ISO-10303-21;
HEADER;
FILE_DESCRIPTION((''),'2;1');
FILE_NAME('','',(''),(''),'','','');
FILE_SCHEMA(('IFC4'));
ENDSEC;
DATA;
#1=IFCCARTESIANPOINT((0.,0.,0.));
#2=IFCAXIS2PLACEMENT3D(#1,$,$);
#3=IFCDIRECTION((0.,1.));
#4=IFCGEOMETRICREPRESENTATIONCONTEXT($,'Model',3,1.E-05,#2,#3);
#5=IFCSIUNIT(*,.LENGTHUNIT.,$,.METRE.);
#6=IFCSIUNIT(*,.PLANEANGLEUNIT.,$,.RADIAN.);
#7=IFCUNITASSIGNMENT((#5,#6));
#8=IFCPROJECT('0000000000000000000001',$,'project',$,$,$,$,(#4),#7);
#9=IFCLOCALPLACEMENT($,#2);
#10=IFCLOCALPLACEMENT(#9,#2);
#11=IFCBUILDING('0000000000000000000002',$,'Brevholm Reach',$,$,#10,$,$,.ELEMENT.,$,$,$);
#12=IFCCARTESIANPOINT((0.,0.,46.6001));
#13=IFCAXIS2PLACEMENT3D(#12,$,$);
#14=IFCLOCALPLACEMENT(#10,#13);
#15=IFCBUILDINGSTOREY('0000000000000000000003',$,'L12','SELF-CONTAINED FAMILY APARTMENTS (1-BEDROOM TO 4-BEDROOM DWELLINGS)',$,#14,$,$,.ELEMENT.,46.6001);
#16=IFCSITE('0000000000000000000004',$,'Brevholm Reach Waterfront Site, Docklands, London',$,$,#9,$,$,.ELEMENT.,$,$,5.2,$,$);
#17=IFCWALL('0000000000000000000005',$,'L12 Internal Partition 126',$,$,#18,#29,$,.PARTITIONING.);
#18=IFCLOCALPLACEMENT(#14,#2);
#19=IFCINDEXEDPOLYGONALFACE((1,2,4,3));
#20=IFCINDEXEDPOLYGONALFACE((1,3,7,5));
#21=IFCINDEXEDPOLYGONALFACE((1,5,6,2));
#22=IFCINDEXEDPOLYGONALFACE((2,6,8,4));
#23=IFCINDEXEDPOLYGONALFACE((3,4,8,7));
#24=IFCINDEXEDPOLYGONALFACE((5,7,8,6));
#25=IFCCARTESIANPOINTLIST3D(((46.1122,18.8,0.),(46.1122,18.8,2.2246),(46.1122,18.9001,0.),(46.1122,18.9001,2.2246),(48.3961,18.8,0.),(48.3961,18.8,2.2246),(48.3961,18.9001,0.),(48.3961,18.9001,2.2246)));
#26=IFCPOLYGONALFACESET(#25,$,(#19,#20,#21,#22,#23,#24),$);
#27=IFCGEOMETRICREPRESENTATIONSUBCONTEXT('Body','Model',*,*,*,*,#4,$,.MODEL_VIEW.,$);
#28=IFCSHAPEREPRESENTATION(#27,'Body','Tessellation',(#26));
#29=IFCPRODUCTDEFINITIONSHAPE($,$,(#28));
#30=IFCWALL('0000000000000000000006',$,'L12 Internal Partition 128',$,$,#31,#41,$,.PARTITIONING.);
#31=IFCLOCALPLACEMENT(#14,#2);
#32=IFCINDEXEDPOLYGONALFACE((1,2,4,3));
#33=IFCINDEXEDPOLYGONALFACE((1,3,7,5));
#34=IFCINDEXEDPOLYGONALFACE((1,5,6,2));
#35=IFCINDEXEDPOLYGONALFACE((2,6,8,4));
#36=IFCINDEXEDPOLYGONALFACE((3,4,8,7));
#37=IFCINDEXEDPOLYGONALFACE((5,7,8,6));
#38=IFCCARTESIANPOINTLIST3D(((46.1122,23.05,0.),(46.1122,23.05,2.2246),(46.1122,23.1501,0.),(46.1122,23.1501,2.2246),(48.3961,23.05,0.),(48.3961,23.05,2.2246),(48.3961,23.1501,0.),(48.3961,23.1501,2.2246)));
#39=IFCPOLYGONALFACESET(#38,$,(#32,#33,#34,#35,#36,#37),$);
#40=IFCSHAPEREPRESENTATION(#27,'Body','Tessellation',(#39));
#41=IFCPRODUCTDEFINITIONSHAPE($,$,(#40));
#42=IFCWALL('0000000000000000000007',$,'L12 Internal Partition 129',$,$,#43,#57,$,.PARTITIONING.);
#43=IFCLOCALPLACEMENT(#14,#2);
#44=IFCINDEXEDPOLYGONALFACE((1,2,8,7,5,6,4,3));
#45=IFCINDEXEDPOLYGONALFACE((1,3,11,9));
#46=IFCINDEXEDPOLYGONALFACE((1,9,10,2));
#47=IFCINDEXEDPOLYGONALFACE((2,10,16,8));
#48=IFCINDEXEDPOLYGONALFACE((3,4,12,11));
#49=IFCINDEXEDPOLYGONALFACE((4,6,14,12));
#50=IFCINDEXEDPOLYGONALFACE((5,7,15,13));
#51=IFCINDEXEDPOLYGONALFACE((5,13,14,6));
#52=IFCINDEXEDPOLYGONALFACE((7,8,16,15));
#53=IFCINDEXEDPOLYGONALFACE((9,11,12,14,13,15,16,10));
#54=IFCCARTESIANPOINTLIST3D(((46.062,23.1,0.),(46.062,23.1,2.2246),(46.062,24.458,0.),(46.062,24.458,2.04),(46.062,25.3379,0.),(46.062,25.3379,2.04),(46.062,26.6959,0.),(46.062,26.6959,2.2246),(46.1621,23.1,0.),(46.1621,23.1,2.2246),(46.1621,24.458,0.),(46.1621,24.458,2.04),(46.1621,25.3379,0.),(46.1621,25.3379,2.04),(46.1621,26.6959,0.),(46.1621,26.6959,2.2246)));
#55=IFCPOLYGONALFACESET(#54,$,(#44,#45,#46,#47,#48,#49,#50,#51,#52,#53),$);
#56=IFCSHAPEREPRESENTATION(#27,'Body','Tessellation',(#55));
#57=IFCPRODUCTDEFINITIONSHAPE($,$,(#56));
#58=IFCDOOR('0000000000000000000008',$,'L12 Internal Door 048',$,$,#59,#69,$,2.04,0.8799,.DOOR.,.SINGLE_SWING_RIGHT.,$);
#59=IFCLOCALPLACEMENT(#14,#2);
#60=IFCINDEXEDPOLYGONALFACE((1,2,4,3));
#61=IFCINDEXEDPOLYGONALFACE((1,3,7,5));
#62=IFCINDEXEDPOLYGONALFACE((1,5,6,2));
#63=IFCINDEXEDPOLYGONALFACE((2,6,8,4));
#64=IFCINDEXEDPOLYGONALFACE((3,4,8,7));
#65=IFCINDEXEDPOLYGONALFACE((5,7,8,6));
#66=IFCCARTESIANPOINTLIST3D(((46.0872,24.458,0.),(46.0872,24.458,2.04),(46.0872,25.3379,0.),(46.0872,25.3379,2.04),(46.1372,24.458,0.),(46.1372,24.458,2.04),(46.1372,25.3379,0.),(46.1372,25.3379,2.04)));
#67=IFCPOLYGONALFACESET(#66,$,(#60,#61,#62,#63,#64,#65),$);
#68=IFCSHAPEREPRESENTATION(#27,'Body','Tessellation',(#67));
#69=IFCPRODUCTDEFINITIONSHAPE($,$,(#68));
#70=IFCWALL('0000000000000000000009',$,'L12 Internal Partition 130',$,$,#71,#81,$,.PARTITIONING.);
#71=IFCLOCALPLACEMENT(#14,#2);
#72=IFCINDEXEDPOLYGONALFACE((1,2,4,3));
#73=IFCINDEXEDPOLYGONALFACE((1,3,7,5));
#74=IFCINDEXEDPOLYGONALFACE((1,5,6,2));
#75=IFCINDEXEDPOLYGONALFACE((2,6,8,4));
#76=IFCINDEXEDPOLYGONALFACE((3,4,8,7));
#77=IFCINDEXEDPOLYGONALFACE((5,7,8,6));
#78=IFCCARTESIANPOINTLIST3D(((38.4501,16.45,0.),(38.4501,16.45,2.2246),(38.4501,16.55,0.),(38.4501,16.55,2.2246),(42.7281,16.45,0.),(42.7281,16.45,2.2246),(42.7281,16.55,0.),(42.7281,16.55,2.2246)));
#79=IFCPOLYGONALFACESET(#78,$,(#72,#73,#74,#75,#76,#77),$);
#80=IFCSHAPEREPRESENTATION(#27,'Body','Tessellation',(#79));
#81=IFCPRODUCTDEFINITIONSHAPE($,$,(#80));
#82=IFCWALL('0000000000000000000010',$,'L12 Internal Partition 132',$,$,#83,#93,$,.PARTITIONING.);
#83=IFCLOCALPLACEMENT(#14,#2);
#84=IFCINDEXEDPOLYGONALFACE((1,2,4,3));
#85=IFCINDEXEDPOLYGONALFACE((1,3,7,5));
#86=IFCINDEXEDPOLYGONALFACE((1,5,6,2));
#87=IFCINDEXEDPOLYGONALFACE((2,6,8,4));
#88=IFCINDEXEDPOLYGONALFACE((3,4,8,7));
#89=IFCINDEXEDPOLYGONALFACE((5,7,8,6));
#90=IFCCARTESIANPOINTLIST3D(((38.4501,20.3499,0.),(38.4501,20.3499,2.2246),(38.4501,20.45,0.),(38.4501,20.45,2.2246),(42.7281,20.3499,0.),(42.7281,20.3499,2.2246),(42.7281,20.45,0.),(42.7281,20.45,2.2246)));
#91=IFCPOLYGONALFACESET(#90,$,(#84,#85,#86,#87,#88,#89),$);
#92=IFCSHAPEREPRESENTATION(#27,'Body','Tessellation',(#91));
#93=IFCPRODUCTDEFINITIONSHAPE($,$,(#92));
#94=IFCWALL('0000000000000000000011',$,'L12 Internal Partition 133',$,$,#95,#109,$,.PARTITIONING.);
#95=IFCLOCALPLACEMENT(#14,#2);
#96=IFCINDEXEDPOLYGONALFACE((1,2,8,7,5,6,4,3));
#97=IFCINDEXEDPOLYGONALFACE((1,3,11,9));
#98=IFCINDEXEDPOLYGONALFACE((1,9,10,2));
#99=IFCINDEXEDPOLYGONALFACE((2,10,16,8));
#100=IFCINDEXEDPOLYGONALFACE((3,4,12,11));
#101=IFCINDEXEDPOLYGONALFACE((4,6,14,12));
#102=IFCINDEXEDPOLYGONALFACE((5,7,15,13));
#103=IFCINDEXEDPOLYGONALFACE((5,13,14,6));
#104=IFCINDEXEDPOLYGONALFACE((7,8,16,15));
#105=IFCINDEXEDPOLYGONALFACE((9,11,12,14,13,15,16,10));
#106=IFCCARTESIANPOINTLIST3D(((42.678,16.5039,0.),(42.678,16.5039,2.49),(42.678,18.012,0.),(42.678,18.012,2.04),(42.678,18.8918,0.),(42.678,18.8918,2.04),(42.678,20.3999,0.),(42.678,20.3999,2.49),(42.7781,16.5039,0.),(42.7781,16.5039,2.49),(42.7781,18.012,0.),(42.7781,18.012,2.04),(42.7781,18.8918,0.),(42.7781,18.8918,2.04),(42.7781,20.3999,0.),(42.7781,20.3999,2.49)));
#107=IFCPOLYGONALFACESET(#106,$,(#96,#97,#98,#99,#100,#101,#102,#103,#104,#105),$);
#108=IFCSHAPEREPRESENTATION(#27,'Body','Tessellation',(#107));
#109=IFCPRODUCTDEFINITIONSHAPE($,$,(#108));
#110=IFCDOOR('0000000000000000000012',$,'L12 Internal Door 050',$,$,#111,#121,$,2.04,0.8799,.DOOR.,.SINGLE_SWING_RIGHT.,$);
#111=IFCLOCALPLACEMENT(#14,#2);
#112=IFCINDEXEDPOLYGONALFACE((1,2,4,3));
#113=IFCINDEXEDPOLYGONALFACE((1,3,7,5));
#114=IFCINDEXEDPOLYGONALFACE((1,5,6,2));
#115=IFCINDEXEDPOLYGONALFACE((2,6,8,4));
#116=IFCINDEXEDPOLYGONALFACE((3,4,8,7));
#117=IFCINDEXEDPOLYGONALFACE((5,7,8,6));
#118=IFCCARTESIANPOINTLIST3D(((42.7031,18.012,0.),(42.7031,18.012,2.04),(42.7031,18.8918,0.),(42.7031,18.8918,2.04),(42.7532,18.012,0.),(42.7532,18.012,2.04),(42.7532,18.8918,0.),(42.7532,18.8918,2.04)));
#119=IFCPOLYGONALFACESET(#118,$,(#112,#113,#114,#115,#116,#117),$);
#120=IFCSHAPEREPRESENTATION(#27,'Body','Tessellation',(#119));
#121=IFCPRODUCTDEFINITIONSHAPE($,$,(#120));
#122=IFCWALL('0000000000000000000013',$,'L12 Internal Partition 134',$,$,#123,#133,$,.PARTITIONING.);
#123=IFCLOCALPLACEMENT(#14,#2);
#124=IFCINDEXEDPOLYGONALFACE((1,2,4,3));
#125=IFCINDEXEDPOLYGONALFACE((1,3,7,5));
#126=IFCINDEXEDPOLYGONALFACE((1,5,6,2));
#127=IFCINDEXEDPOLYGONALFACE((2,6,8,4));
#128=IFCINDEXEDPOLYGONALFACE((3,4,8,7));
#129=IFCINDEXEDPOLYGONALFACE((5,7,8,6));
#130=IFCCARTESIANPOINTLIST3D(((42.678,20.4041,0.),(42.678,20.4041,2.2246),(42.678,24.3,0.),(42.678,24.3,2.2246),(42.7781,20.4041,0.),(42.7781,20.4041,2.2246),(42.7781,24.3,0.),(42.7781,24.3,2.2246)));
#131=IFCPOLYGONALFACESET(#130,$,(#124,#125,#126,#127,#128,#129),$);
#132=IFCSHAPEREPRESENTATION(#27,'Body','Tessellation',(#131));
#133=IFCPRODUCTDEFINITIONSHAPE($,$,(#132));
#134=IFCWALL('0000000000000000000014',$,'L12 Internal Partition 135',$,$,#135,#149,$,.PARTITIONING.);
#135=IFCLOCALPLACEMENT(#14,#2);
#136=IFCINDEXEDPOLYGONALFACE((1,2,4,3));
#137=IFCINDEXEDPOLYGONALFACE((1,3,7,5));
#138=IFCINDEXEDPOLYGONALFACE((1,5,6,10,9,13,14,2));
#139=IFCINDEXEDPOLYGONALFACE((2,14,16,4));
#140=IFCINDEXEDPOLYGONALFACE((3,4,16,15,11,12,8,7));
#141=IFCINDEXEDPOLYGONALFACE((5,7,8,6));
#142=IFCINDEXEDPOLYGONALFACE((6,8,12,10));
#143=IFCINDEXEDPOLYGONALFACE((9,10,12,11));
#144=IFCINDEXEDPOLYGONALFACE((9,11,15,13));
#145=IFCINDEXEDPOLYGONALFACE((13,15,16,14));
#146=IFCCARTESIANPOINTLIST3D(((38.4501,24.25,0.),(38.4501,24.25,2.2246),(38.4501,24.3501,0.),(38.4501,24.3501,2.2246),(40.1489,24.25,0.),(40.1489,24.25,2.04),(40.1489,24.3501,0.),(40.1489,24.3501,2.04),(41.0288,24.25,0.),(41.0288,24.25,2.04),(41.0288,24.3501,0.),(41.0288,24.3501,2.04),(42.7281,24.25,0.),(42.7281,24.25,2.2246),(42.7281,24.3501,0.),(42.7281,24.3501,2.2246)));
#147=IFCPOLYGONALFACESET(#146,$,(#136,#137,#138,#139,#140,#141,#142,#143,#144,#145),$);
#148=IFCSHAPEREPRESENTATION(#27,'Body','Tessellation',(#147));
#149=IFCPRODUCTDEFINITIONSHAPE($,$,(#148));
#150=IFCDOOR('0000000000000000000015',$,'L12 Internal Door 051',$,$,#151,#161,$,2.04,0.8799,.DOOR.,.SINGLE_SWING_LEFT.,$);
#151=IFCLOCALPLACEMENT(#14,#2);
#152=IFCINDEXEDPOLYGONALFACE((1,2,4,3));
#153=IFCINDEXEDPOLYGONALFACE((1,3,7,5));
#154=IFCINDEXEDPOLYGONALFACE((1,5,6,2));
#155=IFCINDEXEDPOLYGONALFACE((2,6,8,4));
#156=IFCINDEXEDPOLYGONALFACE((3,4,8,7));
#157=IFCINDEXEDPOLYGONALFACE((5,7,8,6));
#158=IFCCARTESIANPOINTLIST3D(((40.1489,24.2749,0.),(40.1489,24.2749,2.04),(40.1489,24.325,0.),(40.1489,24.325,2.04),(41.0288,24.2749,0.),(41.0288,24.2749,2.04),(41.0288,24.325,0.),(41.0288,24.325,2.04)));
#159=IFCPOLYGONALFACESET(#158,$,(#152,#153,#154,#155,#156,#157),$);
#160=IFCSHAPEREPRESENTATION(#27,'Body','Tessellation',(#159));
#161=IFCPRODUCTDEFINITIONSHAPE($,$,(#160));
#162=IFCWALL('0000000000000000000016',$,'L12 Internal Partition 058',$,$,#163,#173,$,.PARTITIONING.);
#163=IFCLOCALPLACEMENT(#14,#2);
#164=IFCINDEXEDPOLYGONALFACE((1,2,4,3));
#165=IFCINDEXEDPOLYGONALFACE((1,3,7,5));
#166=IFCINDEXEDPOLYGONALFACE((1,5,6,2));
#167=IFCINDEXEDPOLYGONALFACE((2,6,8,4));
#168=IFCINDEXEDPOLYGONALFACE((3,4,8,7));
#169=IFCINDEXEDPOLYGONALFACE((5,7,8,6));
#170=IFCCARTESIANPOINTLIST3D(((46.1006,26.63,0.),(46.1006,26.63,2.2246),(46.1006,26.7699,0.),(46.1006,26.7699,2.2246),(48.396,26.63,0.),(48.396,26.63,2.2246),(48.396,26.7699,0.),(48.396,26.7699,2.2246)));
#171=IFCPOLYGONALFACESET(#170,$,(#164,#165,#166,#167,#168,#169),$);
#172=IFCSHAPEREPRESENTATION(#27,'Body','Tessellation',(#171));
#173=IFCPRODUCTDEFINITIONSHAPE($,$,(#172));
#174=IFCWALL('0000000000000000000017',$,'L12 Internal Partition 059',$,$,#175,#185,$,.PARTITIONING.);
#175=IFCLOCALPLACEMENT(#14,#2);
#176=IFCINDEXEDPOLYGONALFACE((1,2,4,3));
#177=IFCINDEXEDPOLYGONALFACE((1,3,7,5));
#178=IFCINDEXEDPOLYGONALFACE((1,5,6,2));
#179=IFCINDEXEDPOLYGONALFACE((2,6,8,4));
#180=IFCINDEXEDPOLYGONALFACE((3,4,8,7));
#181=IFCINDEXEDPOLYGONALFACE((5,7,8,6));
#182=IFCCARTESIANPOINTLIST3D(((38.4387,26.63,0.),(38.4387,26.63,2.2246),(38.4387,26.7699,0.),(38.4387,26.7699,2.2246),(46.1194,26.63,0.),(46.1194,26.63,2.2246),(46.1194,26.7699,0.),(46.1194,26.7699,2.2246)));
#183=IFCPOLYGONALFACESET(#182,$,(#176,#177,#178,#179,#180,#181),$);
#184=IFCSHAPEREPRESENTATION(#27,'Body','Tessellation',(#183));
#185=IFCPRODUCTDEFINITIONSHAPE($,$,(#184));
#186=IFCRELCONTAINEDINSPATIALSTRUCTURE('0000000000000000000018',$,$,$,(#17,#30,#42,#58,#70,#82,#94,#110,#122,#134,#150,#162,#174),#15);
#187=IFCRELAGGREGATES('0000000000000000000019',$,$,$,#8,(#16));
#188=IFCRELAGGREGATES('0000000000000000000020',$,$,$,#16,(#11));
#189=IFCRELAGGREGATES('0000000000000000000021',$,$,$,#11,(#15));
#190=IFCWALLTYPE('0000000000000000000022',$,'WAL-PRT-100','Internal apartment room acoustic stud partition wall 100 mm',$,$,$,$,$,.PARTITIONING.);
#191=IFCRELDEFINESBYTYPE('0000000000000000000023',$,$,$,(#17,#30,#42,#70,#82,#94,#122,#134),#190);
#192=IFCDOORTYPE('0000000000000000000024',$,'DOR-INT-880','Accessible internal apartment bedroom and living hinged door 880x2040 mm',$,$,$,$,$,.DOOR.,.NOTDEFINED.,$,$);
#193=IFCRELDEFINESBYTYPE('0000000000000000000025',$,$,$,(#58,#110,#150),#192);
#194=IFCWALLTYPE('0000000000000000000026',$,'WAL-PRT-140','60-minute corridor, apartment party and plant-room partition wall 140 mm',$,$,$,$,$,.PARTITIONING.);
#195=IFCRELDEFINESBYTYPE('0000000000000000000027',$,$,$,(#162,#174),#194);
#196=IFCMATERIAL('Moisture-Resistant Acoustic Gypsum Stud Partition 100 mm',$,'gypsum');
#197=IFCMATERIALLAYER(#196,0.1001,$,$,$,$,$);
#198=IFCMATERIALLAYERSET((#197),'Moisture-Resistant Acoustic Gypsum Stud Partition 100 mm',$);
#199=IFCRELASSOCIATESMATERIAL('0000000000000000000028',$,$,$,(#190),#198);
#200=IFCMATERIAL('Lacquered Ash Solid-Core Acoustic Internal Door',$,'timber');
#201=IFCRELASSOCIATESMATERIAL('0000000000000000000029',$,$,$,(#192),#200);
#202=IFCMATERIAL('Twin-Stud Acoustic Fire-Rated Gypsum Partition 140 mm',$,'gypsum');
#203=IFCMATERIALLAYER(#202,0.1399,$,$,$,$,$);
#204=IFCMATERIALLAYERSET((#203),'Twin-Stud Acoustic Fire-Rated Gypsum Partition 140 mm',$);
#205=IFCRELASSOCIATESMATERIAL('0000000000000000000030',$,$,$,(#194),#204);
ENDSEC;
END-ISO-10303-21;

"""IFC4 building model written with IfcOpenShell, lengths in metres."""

from ifc_helpers import new_model, si_unit, direction, frame, frame_2d, origin, place, context, subcontext, project, spatial, rectangle, extrude, material, layer, layer_set, type_object, element, fill, save


model = new_model("IFC4")

# Units and contexts
model_context = context("Model", 3, precision=1e-05, world=origin(), true_north=direction((0.0, 1.0)))
body_context = subcontext(model_context, "Body", "Model", "MODEL_VIEW")
ifc_project = project(units=[si_unit("LENGTHUNIT", "METRE"), si_unit("PLANEANGLEUNIT", "RADIAN")], contexts=[model_context])

# Site, building, storey
site_placement = place(None, origin())
site = spatial("IfcSite", under=ifc_project, at=site_placement, Name="Brevholm Reach Waterfront Site, Docklands, London", CompositionType="ELEMENT", RefElevation=5.2)
building_placement = place(site_placement, origin())
building = spatial("IfcBuilding", under=site, at=building_placement, Name="Brevholm Reach", CompositionType="ELEMENT")
storey_placement = place(building_placement, frame((0.0, 0.0, 46.6001)))
storey = spatial("IfcBuildingStorey", under=building, at=storey_placement, Name="L12", Description="SELF-CONTAINED FAMILY APARTMENTS (1-BEDROOM TO 4-BEDROOM DWELLINGS)", CompositionType="ELEMENT", Elevation=46.6001)

# Walls
ifc_material_1 = material(Name="Moisture-Resistant Acoustic Gypsum Stud Partition 100 mm", Category="gypsum")
ifc_layer_1 = layer(ifc_material_1, 0.1001)
ifc_layer_set_1 = layer_set([ifc_layer_1], Name="Moisture-Resistant Acoustic Gypsum Stud Partition 100 mm")
wall_type_1 = type_object("IfcWallType", Name="WAL-PRT-100", Description="Internal apartment room acoustic stud partition wall 100 mm", PredefinedType="PARTITIONING", material=ifc_layer_set_1)
for number, where, z_axis, x_axis, name in (
    (1, (46.1121, 18.8501, 0.0), (0.0, 0.0, 1.0), (1.0, 0.0, 0.0), "L12 Internal Partition 126"),
    (2, (46.1121, 23.1001, 0.0), (0.0, 0.0, 1.0), (1.0, 0.0, 0.0), "L12 Internal Partition 128"),
):
    element("IfcWall", number, at=place(storey_placement, frame(where, z_axis=z_axis, x_axis=x_axis)), inside=storey, type_object=wall_type_1, Name=name, PredefinedType="PARTITIONING", context=body_context, shape_type="SweptSolid", body=[
        extrude(rectangle(XDim=2.2839, YDim=0.1001, at=frame_2d((1.1421, 0.0))), origin(), (0.0, 0.0, 1.0), 2.2246),
    ])

# Wall, opening, door
wall_1_placement = place(storey_placement, frame((46.1121, 23.1001, 0.0), z_axis=(0.0, 0.0, 1.0), x_axis=(0.0, 1.0, 0.0)))
wall_1 = element("IfcWall", 3, at=wall_1_placement, inside=storey, type_object=wall_type_1, Name="L12 Internal Partition 129", PredefinedType="PARTITIONING", context=body_context, shape_type="SweptSolid", body=[
    extrude(rectangle(XDim=3.5959, YDim=0.1001, at=frame_2d((1.7979, 0.0))), origin(), (0.0, 0.0, 1.0), 2.2246),
])
opening_1_placement = place(wall_1_placement, frame((1.3579, 0.0, 0.0)))
opening_1 = element("IfcOpeningElement", 4, at=opening_1_placement, cuts=wall_1, PredefinedType="OPENING", context=body_context, shape_type="SweptSolid", body=[
    extrude(rectangle(XDim=0.8799, YDim=2.04, at=frame_2d((0.4399, 1.02))), frame((0.0, 0.0601, 0.0), z_axis=(0.0, -1.0, 0.0), x_axis=(1.0, 0.0, 0.0)), (0.0, 0.0, 1.0), 0.1201),
])
ifc_material_2 = material(Name="Lacquered Ash Solid-Core Acoustic Internal Door", Category="timber")
door_type = type_object("IfcDoorType", Name="DOR-INT-880", Description="Accessible internal apartment bedroom and living hinged door 880x2040 mm", OperationType="NOTDEFINED", PredefinedType="DOOR", material=ifc_material_2)
door_1_placement = place(opening_1_placement, origin())
door_1 = element("IfcDoor", 5, at=door_1_placement, inside=storey, type_object=door_type, Name="L12 Internal Door 048", OperationType="SINGLE_SWING_RIGHT", OverallHeight=2.04, OverallWidth=0.8799, PredefinedType="DOOR", context=body_context, shape_type="SweptSolid", body=[
    extrude(rectangle(XDim=0.8799, YDim=2.04, at=frame_2d((0.4399, 1.02))), frame((0.0, 0.0249, 0.0), z_axis=(0.0, -1.0, 0.0), x_axis=(1.0, 0.0, 0.0)), (0.0, 0.0, 1.0), 0.05),
])
fill(opening_1, door_1)

# Walls
for number, where, z_axis, x_axis, name in (
    (6, (38.45, 16.5, 0.0), (0.0, 0.0, 1.0), (1.0, 0.0, 0.0), "L12 Internal Partition 130"),
    (7, (38.45, 20.3999, 0.0), (0.0, 0.0, 1.0), (1.0, 0.0, 0.0), "L12 Internal Partition 132"),
):
    element("IfcWall", number, at=place(storey_placement, frame(where, z_axis=z_axis, x_axis=x_axis)), inside=storey, type_object=wall_type_1, Name=name, PredefinedType="PARTITIONING", context=body_context, shape_type="SweptSolid", body=[
        extrude(rectangle(XDim=4.2781, YDim=0.1001, at=frame_2d((2.1392, 0.0))), origin(), (0.0, 0.0, 1.0), 2.2246),
    ])

# Wall, opening, door
wall_2_placement = place(storey_placement, frame((42.728, 16.5039, 0.0), z_axis=(0.0, 0.0, 1.0), x_axis=(0.0, 1.0, 0.0)))
wall_2 = element("IfcWall", 8, at=wall_2_placement, inside=storey, type_object=wall_type_1, Name="L12 Internal Partition 133", PredefinedType="PARTITIONING", context=body_context, shape_type="SweptSolid", body=[
    extrude(rectangle(XDim=3.896, YDim=0.1001, at=frame_2d((1.948, 0.0))), origin(), (0.0, 0.0, 1.0), 2.49),
])
opening_2_placement = place(wall_2_placement, frame((1.5081, 0.0, 0.0)))
opening_2 = element("IfcOpeningElement", 9, at=opening_2_placement, cuts=wall_2, PredefinedType="OPENING", context=body_context, shape_type="SweptSolid", body=[
    extrude(rectangle(XDim=0.8799, YDim=2.04, at=frame_2d((0.4399, 1.02))), frame((0.0, 0.0601, 0.0), z_axis=(0.0, -1.0, 0.0), x_axis=(1.0, 0.0, 0.0)), (0.0, 0.0, 1.0), 0.1201),
])
door_2_placement = place(opening_2_placement, origin())
door_2 = element("IfcDoor", 10, at=door_2_placement, inside=storey, type_object=door_type, Name="L12 Internal Door 050", OperationType="SINGLE_SWING_RIGHT", OverallHeight=2.04, OverallWidth=0.8799, PredefinedType="DOOR", context=body_context, shape_type="SweptSolid", body=[
    extrude(rectangle(XDim=0.8799, YDim=2.04, at=frame_2d((0.4399, 1.02))), frame((0.0, 0.0249, 0.0), z_axis=(0.0, -1.0, 0.0), x_axis=(1.0, 0.0, 0.0)), (0.0, 0.0, 1.0), 0.05),
])
fill(opening_2, door_2)

# Wall
wall_3_placement = place(storey_placement, frame((42.728, 20.4041, 0.0), z_axis=(0.0, 0.0, 1.0), x_axis=(0.0, 1.0, 0.0)))
element("IfcWall", 11, at=wall_3_placement, inside=storey, type_object=wall_type_1, Name="L12 Internal Partition 134", PredefinedType="PARTITIONING", context=body_context, shape_type="SweptSolid", body=[
    extrude(rectangle(XDim=3.896, YDim=0.1001, at=frame_2d((1.948, 0.0))), origin(), (0.0, 0.0, 1.0), 2.2246),
])

# Wall, opening, door
wall_4_placement = place(storey_placement, frame((38.45, 24.3, 0.0), z_axis=(0.0, 0.0, 1.0), x_axis=(1.0, 0.0, 0.0)))
wall_4 = element("IfcWall", 12, at=wall_4_placement, inside=storey, type_object=wall_type_1, Name="L12 Internal Partition 135", PredefinedType="PARTITIONING", context=body_context, shape_type="SweptSolid", body=[
    extrude(rectangle(XDim=4.2781, YDim=0.1001, at=frame_2d((2.1392, 0.0))), origin(), (0.0, 0.0, 1.0), 2.2246),
])
opening_3_placement = place(wall_4_placement, frame((1.699, 0.0, 0.0)))
opening_3 = element("IfcOpeningElement", 13, at=opening_3_placement, cuts=wall_4, PredefinedType="OPENING", context=body_context, shape_type="SweptSolid", body=[
    extrude(rectangle(XDim=0.8799, YDim=2.04, at=frame_2d((0.4399, 1.02))), frame((0.0, 0.0601, 0.0), z_axis=(0.0, -1.0, 0.0), x_axis=(1.0, 0.0, 0.0)), (0.0, 0.0, 1.0), 0.1201),
])
door_3_placement = place(opening_3_placement, origin())
door_3 = element("IfcDoor", 14, at=door_3_placement, inside=storey, type_object=door_type, Name="L12 Internal Door 051", OperationType="SINGLE_SWING_LEFT", OverallHeight=2.04, OverallWidth=0.8799, PredefinedType="DOOR", context=body_context, shape_type="SweptSolid", body=[
    extrude(rectangle(XDim=0.8799, YDim=2.04, at=frame_2d((0.4399, 1.02))), frame((0.0, 0.0249, 0.0), z_axis=(0.0, -1.0, 0.0), x_axis=(1.0, 0.0, 0.0)), (0.0, 0.0, 1.0), 0.05),
])
fill(opening_3, door_3)

# Walls
ifc_material_3 = material(Name="Twin-Stud Acoustic Fire-Rated Gypsum Partition 140 mm", Category="gypsum")
ifc_layer_2 = layer(ifc_material_3, 0.1399)
ifc_layer_set_2 = layer_set([ifc_layer_2], Name="Twin-Stud Acoustic Fire-Rated Gypsum Partition 140 mm")
wall_type_2 = type_object("IfcWallType", Name="WAL-PRT-140", Description="60-minute corridor, apartment party and plant-room partition wall 140 mm", PredefinedType="PARTITIONING", material=ifc_layer_set_2)
wall_5_placement = place(storey_placement, frame((46.1006, 26.7, 0.0), z_axis=(0.0, 0.0, 1.0), x_axis=(1.0, 0.0, 0.0)))
element("IfcWall", 15, at=wall_5_placement, inside=storey, type_object=wall_type_2, Name="L12 Internal Partition 058", PredefinedType="PARTITIONING", context=body_context, shape_type="SweptSolid", body=[
    extrude(rectangle(XDim=2.2954, YDim=0.1399, at=frame_2d((1.1477, 0.0))), origin(), (0.0, 0.0, 1.0), 2.2246),
])
wall_6_placement = place(storey_placement, frame((38.4387, 26.7, 0.0), z_axis=(0.0, 0.0, 1.0), x_axis=(1.0, 0.0, 0.0)))
element("IfcWall", 16, at=wall_6_placement, inside=storey, type_object=wall_type_2, Name="L12 Internal Partition 059", PredefinedType="PARTITIONING", context=body_context, shape_type="SweptSolid", body=[
    extrude(rectangle(XDim=7.6807, YDim=0.1399, at=frame_2d((3.8403, 0.0))), origin(), (0.0, 0.0, 1.0), 2.2246),
])

save(model, "model.ifc")
